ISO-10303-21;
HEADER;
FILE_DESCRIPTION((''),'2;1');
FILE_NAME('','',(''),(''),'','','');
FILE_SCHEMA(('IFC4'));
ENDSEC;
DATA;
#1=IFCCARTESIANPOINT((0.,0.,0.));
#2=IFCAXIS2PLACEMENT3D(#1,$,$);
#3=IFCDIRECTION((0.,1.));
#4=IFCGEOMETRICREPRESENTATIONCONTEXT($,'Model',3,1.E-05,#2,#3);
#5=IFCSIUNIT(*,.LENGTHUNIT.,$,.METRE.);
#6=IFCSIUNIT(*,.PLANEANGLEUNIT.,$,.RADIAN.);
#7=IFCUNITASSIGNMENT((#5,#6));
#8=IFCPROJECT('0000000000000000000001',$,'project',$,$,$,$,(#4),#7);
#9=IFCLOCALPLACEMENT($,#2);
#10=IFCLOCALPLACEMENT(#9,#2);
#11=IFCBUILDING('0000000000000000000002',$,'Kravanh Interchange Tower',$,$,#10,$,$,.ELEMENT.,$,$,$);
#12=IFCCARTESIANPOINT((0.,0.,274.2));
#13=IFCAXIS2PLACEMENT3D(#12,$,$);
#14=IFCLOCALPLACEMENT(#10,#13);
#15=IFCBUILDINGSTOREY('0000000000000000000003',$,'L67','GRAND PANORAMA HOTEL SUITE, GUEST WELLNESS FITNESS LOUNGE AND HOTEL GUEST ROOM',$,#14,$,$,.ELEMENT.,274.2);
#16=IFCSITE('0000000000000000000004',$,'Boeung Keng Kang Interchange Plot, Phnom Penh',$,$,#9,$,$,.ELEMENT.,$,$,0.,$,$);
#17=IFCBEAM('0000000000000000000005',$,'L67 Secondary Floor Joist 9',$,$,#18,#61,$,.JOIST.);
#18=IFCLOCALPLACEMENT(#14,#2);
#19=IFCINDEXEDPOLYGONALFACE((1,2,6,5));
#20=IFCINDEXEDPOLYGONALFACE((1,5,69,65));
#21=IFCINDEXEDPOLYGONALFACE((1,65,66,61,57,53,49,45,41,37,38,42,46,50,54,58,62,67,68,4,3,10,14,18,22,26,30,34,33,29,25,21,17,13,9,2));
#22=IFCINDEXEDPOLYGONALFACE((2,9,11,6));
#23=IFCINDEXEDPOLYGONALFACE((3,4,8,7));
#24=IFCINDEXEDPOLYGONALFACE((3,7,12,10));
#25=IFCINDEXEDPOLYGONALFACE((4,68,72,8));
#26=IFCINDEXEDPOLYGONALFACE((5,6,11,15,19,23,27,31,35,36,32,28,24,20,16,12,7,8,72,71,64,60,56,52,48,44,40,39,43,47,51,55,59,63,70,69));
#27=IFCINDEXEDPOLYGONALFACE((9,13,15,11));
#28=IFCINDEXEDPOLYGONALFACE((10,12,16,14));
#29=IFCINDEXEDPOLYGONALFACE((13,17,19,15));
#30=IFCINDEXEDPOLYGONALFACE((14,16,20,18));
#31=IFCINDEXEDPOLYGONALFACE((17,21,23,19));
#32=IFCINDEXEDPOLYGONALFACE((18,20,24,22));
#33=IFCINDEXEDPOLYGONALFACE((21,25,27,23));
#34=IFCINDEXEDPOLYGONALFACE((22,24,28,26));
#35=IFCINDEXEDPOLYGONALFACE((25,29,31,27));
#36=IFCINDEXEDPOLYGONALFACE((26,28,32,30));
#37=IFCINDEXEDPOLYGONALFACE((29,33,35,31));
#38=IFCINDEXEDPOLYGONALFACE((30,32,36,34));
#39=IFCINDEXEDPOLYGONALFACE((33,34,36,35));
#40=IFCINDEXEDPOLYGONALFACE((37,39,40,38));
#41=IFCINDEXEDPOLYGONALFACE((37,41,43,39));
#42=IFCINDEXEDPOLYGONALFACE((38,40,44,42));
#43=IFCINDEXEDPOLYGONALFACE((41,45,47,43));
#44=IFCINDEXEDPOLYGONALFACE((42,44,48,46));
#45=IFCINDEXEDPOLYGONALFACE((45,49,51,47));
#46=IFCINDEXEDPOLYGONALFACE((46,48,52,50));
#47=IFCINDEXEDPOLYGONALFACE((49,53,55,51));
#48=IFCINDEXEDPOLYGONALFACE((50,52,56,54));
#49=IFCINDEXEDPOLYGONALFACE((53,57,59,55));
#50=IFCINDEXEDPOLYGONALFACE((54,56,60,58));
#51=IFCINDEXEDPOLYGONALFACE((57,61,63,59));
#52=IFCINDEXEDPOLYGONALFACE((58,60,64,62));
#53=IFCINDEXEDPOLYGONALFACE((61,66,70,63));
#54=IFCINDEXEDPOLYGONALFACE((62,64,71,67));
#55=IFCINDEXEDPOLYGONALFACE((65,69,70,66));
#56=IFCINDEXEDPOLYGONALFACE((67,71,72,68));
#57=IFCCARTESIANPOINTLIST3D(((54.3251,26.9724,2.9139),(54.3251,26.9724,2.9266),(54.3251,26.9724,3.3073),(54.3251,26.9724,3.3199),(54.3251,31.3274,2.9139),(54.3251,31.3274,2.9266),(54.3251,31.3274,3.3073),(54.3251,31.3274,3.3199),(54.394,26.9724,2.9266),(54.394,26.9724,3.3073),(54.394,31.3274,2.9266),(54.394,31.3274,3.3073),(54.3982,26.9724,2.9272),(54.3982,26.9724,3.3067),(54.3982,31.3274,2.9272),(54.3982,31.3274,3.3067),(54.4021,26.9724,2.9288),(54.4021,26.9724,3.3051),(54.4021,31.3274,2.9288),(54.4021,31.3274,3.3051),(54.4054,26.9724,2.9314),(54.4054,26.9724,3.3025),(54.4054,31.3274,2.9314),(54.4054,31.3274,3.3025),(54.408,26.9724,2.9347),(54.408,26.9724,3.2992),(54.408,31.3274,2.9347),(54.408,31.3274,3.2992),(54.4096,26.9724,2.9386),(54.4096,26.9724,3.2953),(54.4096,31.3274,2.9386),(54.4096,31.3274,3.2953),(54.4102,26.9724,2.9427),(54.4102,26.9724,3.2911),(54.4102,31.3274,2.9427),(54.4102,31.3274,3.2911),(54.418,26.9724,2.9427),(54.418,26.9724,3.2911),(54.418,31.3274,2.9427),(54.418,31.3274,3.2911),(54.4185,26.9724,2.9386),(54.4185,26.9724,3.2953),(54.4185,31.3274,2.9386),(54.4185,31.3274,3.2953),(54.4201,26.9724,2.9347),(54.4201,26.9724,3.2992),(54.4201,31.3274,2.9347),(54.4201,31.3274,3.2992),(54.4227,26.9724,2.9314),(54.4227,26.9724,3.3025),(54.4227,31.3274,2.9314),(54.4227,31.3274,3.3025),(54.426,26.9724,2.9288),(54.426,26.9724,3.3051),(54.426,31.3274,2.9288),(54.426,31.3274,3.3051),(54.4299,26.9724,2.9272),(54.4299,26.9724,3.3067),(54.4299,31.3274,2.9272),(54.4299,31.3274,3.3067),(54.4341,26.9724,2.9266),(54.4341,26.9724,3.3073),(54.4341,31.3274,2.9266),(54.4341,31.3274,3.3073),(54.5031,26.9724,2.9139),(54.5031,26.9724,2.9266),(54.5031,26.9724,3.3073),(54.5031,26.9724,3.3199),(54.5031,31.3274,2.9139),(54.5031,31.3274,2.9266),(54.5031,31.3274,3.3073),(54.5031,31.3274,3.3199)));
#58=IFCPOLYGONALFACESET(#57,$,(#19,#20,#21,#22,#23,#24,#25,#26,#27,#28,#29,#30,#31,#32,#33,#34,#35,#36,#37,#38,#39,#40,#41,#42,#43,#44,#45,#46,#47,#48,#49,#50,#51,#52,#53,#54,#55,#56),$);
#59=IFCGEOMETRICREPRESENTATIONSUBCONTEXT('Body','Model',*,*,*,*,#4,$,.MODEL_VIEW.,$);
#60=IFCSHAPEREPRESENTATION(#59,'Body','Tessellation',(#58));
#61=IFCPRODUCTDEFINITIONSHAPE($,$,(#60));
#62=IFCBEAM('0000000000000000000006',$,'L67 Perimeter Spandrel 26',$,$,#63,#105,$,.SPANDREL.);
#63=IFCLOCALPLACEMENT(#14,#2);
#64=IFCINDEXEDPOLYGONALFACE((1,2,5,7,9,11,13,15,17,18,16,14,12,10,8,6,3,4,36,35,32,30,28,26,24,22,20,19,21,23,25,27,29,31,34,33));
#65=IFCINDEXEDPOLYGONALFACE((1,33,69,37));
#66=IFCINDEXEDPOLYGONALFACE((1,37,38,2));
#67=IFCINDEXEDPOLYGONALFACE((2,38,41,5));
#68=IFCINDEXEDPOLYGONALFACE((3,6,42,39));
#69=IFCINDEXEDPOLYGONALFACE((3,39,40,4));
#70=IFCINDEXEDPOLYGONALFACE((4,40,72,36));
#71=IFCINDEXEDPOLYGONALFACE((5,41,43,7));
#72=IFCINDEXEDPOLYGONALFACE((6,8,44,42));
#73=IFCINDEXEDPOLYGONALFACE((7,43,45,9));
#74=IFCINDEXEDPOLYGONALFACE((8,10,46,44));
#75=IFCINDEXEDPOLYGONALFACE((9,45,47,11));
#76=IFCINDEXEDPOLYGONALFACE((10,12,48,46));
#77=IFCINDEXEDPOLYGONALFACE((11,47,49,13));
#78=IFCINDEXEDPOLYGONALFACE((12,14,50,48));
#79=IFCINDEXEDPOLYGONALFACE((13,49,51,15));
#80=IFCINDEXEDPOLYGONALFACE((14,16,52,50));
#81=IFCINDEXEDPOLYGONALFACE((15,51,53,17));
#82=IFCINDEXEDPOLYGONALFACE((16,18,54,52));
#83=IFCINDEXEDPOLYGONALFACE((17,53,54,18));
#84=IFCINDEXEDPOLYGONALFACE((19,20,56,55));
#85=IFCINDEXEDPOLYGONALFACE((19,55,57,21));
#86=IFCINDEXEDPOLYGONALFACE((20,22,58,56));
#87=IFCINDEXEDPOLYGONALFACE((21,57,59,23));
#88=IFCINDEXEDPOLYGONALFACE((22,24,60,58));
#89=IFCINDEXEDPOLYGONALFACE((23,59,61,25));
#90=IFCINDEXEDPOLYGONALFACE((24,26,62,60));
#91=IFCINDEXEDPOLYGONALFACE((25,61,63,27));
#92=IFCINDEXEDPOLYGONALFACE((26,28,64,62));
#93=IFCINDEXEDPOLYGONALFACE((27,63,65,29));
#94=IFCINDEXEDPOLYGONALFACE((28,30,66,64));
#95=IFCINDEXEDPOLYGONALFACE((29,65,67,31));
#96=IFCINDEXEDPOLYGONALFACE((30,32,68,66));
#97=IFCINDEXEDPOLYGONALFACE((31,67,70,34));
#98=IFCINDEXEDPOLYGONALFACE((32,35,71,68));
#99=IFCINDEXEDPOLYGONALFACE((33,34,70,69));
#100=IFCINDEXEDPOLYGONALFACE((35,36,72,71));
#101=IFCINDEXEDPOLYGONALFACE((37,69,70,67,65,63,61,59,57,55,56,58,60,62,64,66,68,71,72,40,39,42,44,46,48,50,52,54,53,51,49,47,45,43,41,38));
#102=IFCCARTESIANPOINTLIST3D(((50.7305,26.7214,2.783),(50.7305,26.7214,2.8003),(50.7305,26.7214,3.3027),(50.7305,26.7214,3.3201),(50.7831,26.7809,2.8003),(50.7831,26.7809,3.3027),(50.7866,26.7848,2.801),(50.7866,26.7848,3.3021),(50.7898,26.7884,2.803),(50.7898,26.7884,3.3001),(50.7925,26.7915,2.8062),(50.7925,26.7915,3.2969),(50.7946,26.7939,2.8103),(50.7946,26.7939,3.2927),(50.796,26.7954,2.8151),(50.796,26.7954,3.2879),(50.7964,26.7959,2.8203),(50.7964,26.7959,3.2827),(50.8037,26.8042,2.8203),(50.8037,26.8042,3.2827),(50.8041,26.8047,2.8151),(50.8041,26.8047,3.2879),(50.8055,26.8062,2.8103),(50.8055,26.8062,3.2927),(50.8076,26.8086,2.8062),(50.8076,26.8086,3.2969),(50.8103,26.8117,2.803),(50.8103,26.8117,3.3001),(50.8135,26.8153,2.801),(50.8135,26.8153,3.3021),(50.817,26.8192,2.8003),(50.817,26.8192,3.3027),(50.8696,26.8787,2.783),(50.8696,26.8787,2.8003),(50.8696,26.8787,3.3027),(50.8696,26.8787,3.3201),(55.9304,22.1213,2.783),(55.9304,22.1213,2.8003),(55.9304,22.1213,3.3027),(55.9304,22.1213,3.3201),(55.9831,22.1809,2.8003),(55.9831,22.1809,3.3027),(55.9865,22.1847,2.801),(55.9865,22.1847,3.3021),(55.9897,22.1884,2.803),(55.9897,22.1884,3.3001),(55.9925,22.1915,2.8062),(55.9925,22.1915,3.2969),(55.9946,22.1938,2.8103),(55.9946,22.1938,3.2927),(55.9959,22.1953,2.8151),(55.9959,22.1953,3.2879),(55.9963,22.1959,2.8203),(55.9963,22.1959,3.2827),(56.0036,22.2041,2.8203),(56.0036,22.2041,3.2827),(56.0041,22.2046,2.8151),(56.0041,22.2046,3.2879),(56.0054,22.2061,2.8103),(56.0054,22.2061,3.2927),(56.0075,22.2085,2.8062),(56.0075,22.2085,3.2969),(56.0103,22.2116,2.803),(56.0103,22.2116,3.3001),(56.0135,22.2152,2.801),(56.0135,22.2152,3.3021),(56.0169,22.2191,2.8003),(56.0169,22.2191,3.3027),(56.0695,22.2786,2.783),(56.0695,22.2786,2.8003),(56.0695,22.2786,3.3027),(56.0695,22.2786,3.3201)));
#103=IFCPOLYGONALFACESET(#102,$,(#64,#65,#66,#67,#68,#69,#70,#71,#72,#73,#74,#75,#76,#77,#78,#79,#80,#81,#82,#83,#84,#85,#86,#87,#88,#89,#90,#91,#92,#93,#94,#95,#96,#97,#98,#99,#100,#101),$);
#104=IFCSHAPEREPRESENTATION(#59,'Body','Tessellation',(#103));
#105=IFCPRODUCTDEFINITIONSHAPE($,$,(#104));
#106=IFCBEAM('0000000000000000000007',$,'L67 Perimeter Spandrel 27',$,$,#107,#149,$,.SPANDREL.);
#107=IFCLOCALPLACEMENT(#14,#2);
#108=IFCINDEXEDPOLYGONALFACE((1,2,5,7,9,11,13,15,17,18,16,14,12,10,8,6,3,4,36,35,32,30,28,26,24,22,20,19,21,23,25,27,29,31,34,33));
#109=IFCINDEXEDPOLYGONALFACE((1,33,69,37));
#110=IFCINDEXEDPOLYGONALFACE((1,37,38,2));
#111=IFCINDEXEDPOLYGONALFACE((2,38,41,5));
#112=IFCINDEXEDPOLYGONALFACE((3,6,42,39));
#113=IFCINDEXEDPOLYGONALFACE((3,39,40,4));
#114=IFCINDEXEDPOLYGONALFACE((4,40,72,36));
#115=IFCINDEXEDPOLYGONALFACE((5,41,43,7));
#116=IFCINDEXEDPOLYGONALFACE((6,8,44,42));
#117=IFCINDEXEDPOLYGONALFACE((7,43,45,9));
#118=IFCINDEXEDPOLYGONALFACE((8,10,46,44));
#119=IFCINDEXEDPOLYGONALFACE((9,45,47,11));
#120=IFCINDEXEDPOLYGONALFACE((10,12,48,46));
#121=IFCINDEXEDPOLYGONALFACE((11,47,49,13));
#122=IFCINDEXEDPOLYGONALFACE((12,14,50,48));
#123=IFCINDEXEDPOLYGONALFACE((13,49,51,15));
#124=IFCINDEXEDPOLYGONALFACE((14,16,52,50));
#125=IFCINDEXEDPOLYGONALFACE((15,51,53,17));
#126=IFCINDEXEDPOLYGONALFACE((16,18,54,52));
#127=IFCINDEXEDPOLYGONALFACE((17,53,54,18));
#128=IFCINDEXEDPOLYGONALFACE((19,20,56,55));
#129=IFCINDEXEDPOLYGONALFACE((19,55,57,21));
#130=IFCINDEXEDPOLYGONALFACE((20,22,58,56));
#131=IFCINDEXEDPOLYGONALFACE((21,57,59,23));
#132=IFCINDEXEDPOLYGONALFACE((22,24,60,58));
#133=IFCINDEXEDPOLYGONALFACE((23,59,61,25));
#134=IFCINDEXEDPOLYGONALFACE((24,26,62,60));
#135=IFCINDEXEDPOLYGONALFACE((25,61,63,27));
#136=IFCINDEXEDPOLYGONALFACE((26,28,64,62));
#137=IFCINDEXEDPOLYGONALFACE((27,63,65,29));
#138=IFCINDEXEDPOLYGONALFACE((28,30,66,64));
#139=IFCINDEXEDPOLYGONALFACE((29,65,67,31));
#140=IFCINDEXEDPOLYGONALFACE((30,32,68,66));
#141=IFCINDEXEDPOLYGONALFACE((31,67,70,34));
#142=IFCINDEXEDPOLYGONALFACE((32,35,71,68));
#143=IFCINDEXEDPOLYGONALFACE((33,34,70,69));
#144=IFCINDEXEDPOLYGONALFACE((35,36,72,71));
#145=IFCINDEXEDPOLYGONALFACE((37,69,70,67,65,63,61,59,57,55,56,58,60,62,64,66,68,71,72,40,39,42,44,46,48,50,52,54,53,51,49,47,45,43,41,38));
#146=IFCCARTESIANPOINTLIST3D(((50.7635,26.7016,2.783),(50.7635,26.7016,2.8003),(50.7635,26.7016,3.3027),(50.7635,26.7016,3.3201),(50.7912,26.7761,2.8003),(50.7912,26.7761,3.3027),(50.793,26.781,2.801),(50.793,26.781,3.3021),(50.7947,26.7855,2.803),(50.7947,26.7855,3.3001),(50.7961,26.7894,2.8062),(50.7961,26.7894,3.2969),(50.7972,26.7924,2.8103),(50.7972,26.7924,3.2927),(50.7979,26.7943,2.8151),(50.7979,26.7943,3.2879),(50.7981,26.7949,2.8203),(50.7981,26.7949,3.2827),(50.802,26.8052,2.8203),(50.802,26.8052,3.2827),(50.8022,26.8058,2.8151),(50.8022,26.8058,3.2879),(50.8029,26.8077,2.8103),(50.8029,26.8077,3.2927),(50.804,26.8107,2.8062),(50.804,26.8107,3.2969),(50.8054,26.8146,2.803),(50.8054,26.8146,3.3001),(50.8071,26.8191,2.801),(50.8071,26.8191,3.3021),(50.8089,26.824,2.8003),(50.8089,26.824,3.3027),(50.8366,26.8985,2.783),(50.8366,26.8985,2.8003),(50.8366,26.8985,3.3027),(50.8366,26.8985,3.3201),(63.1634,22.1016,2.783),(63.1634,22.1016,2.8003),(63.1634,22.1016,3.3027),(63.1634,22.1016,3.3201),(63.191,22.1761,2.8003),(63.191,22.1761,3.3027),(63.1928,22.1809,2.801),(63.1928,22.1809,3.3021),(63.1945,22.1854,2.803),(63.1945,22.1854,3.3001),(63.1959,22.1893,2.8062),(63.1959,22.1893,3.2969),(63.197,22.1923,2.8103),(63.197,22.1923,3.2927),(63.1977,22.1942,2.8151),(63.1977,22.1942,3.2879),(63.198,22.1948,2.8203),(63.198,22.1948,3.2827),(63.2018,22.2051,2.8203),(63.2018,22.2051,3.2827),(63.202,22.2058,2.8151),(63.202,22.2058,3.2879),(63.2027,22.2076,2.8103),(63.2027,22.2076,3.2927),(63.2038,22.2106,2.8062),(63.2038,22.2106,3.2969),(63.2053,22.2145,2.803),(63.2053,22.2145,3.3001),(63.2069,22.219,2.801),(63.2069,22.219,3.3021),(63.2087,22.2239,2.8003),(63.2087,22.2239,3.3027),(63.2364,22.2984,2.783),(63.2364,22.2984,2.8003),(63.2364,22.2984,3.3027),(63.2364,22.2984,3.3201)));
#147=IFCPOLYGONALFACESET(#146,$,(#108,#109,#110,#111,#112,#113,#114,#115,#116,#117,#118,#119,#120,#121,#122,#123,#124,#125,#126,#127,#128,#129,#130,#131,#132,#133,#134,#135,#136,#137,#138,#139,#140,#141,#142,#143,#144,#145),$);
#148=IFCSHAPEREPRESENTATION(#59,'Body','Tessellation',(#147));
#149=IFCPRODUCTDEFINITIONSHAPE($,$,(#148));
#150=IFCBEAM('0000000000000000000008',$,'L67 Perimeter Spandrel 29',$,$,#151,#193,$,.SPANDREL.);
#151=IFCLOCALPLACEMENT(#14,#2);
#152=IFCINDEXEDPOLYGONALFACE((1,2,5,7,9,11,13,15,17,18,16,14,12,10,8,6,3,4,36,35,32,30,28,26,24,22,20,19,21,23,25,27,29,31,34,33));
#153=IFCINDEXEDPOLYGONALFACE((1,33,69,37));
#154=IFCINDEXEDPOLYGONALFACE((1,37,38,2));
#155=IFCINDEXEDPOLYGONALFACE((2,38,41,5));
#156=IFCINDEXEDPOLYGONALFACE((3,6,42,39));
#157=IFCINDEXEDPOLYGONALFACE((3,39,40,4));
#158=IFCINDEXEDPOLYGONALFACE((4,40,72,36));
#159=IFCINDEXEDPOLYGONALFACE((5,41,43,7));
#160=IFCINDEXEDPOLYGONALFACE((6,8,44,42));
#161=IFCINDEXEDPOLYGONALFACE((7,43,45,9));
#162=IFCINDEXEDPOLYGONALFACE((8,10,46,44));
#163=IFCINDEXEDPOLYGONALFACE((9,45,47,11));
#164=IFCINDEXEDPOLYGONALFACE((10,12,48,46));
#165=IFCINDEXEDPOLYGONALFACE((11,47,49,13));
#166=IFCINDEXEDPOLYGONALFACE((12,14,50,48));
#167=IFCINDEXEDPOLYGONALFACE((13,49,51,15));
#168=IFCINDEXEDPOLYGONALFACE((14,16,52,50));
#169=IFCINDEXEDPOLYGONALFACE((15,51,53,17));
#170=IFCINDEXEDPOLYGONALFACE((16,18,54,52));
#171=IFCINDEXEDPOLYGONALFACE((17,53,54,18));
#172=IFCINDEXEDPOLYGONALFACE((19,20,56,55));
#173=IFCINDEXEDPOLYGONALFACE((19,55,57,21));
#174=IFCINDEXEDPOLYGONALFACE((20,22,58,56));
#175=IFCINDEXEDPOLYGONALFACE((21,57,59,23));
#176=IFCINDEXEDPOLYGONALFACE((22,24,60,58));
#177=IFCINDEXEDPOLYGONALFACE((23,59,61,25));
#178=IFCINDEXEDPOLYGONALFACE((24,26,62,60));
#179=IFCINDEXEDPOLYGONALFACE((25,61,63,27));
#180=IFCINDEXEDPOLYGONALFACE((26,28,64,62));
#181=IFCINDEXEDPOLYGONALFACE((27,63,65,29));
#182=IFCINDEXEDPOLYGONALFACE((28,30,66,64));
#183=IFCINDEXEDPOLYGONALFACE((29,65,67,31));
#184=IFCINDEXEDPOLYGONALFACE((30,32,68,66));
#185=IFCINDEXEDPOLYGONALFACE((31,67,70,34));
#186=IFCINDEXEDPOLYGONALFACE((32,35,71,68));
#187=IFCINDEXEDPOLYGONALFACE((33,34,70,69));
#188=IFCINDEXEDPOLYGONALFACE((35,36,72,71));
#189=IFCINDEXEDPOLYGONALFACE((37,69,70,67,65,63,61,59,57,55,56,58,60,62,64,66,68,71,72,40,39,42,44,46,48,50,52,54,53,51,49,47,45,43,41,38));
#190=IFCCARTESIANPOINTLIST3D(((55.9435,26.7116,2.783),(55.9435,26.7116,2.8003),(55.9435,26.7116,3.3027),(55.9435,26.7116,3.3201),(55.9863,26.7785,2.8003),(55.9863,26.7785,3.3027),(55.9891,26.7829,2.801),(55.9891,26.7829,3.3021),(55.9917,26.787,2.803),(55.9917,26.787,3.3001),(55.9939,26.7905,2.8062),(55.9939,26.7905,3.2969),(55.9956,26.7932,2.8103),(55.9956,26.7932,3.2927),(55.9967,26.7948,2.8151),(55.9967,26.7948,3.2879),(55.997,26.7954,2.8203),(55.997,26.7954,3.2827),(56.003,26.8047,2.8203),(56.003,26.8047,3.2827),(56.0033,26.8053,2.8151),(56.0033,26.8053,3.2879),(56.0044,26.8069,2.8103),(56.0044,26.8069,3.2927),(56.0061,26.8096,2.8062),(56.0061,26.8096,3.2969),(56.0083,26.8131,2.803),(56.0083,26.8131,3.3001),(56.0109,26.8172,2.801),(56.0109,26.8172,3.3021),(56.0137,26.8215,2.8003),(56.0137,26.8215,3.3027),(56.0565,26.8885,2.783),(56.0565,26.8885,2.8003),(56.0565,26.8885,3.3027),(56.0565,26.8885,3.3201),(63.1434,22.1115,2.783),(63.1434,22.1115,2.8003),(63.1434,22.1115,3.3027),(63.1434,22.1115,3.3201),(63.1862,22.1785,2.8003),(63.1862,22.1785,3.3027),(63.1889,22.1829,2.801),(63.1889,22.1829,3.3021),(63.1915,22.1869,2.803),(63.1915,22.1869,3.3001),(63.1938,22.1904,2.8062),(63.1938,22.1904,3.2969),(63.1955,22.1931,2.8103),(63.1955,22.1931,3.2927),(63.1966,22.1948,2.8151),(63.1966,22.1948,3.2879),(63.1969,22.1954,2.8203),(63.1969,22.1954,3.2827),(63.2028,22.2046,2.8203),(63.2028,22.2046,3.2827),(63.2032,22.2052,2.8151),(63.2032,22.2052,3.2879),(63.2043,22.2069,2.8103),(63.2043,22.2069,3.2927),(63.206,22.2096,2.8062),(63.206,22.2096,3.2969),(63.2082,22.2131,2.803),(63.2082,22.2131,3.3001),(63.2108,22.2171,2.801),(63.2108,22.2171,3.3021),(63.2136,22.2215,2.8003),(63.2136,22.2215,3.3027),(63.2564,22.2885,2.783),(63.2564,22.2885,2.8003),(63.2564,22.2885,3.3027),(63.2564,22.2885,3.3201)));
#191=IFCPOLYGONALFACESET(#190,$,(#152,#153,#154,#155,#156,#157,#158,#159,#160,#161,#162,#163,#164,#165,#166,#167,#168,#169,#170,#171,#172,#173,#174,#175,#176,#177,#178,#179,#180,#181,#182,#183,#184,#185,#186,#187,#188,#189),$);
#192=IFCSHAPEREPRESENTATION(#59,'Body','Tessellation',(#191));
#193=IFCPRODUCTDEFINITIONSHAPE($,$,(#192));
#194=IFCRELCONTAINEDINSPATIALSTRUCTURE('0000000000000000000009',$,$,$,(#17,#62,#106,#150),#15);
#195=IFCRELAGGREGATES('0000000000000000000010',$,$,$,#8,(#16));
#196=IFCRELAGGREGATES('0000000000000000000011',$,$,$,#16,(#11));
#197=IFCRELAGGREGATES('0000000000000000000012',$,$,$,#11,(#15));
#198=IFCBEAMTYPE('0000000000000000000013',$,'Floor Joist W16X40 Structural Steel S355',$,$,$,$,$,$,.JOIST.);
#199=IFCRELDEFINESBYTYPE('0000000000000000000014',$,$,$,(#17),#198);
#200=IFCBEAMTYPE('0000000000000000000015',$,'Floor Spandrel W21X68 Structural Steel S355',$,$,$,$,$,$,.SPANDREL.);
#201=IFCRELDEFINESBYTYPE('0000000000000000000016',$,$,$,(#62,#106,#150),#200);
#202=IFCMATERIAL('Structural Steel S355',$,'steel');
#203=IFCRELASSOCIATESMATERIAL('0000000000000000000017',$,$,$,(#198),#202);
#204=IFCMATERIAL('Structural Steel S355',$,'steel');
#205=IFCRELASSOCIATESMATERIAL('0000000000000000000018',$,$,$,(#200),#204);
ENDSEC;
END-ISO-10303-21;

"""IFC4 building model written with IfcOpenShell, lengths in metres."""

from ifc_helpers import new_model, si_unit, direction, frame, origin, origin_2d, place, context, subcontext, project, spatial, i_section, extrude, material, material_profile, profile_set, type_object, element, save


model = new_model("IFC4")

# Units and contexts
model_context = context("Model", 3, precision=1e-05, world=origin(), true_north=direction((0.0, 1.0)))
body_context = subcontext(model_context, "Body", "Model", "MODEL_VIEW")
ifc_project = project(units=[si_unit("LENGTHUNIT", "METRE"), si_unit("PLANEANGLEUNIT", "RADIAN")], contexts=[model_context])

# Site, building, storey
site_placement = place(None, origin())
site = spatial("IfcSite", under=ifc_project, at=site_placement, Name="Boeung Keng Kang Interchange Plot, Phnom Penh", CompositionType="ELEMENT", RefElevation=0.0)
building_placement = place(site_placement, origin())
building = spatial("IfcBuilding", under=site, at=building_placement, Name="Kravanh Interchange Tower", CompositionType="ELEMENT")
storey_placement = place(building_placement, frame((0.0, 0.0, 274.2)))
storey = spatial("IfcBuildingStorey", under=building, at=storey_placement, Name="L67", Description="GRAND PANORAMA HOTEL SUITE, GUEST WELLNESS FITNESS LOUNGE AND HOTEL GUEST ROOM", CompositionType="ELEMENT", Elevation=274.2)

# Beams
ifc_material_1 = material(Name="Structural Steel S355", Category="steel")
ifc_material_profile_1 = material_profile(ifc_material_1, i_section(OverallWidth=0.178, OverallDepth=0.406, WebThickness=0.0078, FlangeThickness=0.0127, FilletRadius=0.0161, at=origin_2d()), Name="W16X40")
ifc_profile_set_1 = profile_set([ifc_material_profile_1], Name="Structural Steel S355")
beam_type_1 = type_object("IfcBeamType", Name="Floor Joist W16X40 Structural Steel S355", PredefinedType="JOIST", material=ifc_profile_set_1)
for number, where, z_axis, x_axis, name in (
    (1, (54.4141, 26.9724, 3.1169), (0.0, 1.0, 0.0), (-1.0, 0.0, 0.0), "L67 Secondary Floor Joist 9"),
):
    element("IfcBeam", number, at=place(storey_placement, frame(where, z_axis=z_axis, x_axis=x_axis)), inside=storey, type_object=beam_type_1, Name=name, PredefinedType="JOIST", context=body_context, shape_type="SweptSolid", body=[
        extrude(i_section(OverallWidth=0.178, OverallDepth=0.406, WebThickness=0.0078, FlangeThickness=0.0127, FilletRadius=0.0161, at=origin_2d()), origin(), (0.0, 0.0, 1.0), 4.355),
    ])
ifc_material_2 = material(Name="Structural Steel S355", Category="steel")
ifc_material_profile_2 = material_profile(ifc_material_2, i_section(OverallWidth=0.21, OverallDepth=0.5371, WebThickness=0.011, FlangeThickness=0.0173, FilletRadius=0.02, at=origin_2d()), Name="W21X68")
ifc_profile_set_2 = profile_set([ifc_material_profile_2], Name="Structural Steel S355")
beam_type_2 = type_object("IfcBeamType", Name="Floor Spandrel W21X68 Structural Steel S355", PredefinedType="SPANDREL", material=ifc_profile_set_2)
beam_1_placement = place(storey_placement, frame((50.8, 26.8, 3.0515), z_axis=(0.748986, -0.662585, 0.0), x_axis=(0.662585, 0.748986, 0.0)))
element("IfcBeam", 2, at=beam_1_placement, inside=storey, type_object=beam_type_2, Name="L67 Perimeter Spandrel 26", PredefinedType="SPANDREL", context=body_context, shape_type="SweptSolid", body=[
    extrude(i_section(OverallWidth=0.21, OverallDepth=0.5371, WebThickness=0.011, FlangeThickness=0.0173, FilletRadius=0.02, at=origin_2d()), origin(), (0.0, 0.0, 1.0), 6.9426),
])
beam_2_placement = place(storey_placement, frame((50.8, 26.8, 3.0515), z_axis=(0.937563, -0.347816, 0.0), x_axis=(0.347816, 0.937563, 0.0)))
element("IfcBeam", 3, at=beam_2_placement, inside=storey, type_object=beam_type_2, Name="L67 Perimeter Spandrel 27", PredefinedType="SPANDREL", context=body_context, shape_type="SweptSolid", body=[
    extrude(i_section(OverallWidth=0.21, OverallDepth=0.5371, WebThickness=0.011, FlangeThickness=0.0173, FilletRadius=0.02, at=origin_2d()), origin(), (0.0, 0.0, 1.0), 13.2256),
])
beam_3_placement = place(storey_placement, frame((56.0, 26.8, 3.0515), z_axis=(0.842689, -0.5384, 0.0), x_axis=(0.5384, 0.842689, 0.0)))
element("IfcBeam", 4, at=beam_3_placement, inside=storey, type_object=beam_type_2, Name="L67 Perimeter Spandrel 29", PredefinedType="SPANDREL", context=body_context, shape_type="SweptSolid", body=[
    extrude(i_section(OverallWidth=0.21, OverallDepth=0.5371, WebThickness=0.011, FlangeThickness=0.0173, FilletRadius=0.02, at=origin_2d()), origin(), (0.0, 0.0, 1.0), 8.5439),
])

save(model, "model.ifc")
